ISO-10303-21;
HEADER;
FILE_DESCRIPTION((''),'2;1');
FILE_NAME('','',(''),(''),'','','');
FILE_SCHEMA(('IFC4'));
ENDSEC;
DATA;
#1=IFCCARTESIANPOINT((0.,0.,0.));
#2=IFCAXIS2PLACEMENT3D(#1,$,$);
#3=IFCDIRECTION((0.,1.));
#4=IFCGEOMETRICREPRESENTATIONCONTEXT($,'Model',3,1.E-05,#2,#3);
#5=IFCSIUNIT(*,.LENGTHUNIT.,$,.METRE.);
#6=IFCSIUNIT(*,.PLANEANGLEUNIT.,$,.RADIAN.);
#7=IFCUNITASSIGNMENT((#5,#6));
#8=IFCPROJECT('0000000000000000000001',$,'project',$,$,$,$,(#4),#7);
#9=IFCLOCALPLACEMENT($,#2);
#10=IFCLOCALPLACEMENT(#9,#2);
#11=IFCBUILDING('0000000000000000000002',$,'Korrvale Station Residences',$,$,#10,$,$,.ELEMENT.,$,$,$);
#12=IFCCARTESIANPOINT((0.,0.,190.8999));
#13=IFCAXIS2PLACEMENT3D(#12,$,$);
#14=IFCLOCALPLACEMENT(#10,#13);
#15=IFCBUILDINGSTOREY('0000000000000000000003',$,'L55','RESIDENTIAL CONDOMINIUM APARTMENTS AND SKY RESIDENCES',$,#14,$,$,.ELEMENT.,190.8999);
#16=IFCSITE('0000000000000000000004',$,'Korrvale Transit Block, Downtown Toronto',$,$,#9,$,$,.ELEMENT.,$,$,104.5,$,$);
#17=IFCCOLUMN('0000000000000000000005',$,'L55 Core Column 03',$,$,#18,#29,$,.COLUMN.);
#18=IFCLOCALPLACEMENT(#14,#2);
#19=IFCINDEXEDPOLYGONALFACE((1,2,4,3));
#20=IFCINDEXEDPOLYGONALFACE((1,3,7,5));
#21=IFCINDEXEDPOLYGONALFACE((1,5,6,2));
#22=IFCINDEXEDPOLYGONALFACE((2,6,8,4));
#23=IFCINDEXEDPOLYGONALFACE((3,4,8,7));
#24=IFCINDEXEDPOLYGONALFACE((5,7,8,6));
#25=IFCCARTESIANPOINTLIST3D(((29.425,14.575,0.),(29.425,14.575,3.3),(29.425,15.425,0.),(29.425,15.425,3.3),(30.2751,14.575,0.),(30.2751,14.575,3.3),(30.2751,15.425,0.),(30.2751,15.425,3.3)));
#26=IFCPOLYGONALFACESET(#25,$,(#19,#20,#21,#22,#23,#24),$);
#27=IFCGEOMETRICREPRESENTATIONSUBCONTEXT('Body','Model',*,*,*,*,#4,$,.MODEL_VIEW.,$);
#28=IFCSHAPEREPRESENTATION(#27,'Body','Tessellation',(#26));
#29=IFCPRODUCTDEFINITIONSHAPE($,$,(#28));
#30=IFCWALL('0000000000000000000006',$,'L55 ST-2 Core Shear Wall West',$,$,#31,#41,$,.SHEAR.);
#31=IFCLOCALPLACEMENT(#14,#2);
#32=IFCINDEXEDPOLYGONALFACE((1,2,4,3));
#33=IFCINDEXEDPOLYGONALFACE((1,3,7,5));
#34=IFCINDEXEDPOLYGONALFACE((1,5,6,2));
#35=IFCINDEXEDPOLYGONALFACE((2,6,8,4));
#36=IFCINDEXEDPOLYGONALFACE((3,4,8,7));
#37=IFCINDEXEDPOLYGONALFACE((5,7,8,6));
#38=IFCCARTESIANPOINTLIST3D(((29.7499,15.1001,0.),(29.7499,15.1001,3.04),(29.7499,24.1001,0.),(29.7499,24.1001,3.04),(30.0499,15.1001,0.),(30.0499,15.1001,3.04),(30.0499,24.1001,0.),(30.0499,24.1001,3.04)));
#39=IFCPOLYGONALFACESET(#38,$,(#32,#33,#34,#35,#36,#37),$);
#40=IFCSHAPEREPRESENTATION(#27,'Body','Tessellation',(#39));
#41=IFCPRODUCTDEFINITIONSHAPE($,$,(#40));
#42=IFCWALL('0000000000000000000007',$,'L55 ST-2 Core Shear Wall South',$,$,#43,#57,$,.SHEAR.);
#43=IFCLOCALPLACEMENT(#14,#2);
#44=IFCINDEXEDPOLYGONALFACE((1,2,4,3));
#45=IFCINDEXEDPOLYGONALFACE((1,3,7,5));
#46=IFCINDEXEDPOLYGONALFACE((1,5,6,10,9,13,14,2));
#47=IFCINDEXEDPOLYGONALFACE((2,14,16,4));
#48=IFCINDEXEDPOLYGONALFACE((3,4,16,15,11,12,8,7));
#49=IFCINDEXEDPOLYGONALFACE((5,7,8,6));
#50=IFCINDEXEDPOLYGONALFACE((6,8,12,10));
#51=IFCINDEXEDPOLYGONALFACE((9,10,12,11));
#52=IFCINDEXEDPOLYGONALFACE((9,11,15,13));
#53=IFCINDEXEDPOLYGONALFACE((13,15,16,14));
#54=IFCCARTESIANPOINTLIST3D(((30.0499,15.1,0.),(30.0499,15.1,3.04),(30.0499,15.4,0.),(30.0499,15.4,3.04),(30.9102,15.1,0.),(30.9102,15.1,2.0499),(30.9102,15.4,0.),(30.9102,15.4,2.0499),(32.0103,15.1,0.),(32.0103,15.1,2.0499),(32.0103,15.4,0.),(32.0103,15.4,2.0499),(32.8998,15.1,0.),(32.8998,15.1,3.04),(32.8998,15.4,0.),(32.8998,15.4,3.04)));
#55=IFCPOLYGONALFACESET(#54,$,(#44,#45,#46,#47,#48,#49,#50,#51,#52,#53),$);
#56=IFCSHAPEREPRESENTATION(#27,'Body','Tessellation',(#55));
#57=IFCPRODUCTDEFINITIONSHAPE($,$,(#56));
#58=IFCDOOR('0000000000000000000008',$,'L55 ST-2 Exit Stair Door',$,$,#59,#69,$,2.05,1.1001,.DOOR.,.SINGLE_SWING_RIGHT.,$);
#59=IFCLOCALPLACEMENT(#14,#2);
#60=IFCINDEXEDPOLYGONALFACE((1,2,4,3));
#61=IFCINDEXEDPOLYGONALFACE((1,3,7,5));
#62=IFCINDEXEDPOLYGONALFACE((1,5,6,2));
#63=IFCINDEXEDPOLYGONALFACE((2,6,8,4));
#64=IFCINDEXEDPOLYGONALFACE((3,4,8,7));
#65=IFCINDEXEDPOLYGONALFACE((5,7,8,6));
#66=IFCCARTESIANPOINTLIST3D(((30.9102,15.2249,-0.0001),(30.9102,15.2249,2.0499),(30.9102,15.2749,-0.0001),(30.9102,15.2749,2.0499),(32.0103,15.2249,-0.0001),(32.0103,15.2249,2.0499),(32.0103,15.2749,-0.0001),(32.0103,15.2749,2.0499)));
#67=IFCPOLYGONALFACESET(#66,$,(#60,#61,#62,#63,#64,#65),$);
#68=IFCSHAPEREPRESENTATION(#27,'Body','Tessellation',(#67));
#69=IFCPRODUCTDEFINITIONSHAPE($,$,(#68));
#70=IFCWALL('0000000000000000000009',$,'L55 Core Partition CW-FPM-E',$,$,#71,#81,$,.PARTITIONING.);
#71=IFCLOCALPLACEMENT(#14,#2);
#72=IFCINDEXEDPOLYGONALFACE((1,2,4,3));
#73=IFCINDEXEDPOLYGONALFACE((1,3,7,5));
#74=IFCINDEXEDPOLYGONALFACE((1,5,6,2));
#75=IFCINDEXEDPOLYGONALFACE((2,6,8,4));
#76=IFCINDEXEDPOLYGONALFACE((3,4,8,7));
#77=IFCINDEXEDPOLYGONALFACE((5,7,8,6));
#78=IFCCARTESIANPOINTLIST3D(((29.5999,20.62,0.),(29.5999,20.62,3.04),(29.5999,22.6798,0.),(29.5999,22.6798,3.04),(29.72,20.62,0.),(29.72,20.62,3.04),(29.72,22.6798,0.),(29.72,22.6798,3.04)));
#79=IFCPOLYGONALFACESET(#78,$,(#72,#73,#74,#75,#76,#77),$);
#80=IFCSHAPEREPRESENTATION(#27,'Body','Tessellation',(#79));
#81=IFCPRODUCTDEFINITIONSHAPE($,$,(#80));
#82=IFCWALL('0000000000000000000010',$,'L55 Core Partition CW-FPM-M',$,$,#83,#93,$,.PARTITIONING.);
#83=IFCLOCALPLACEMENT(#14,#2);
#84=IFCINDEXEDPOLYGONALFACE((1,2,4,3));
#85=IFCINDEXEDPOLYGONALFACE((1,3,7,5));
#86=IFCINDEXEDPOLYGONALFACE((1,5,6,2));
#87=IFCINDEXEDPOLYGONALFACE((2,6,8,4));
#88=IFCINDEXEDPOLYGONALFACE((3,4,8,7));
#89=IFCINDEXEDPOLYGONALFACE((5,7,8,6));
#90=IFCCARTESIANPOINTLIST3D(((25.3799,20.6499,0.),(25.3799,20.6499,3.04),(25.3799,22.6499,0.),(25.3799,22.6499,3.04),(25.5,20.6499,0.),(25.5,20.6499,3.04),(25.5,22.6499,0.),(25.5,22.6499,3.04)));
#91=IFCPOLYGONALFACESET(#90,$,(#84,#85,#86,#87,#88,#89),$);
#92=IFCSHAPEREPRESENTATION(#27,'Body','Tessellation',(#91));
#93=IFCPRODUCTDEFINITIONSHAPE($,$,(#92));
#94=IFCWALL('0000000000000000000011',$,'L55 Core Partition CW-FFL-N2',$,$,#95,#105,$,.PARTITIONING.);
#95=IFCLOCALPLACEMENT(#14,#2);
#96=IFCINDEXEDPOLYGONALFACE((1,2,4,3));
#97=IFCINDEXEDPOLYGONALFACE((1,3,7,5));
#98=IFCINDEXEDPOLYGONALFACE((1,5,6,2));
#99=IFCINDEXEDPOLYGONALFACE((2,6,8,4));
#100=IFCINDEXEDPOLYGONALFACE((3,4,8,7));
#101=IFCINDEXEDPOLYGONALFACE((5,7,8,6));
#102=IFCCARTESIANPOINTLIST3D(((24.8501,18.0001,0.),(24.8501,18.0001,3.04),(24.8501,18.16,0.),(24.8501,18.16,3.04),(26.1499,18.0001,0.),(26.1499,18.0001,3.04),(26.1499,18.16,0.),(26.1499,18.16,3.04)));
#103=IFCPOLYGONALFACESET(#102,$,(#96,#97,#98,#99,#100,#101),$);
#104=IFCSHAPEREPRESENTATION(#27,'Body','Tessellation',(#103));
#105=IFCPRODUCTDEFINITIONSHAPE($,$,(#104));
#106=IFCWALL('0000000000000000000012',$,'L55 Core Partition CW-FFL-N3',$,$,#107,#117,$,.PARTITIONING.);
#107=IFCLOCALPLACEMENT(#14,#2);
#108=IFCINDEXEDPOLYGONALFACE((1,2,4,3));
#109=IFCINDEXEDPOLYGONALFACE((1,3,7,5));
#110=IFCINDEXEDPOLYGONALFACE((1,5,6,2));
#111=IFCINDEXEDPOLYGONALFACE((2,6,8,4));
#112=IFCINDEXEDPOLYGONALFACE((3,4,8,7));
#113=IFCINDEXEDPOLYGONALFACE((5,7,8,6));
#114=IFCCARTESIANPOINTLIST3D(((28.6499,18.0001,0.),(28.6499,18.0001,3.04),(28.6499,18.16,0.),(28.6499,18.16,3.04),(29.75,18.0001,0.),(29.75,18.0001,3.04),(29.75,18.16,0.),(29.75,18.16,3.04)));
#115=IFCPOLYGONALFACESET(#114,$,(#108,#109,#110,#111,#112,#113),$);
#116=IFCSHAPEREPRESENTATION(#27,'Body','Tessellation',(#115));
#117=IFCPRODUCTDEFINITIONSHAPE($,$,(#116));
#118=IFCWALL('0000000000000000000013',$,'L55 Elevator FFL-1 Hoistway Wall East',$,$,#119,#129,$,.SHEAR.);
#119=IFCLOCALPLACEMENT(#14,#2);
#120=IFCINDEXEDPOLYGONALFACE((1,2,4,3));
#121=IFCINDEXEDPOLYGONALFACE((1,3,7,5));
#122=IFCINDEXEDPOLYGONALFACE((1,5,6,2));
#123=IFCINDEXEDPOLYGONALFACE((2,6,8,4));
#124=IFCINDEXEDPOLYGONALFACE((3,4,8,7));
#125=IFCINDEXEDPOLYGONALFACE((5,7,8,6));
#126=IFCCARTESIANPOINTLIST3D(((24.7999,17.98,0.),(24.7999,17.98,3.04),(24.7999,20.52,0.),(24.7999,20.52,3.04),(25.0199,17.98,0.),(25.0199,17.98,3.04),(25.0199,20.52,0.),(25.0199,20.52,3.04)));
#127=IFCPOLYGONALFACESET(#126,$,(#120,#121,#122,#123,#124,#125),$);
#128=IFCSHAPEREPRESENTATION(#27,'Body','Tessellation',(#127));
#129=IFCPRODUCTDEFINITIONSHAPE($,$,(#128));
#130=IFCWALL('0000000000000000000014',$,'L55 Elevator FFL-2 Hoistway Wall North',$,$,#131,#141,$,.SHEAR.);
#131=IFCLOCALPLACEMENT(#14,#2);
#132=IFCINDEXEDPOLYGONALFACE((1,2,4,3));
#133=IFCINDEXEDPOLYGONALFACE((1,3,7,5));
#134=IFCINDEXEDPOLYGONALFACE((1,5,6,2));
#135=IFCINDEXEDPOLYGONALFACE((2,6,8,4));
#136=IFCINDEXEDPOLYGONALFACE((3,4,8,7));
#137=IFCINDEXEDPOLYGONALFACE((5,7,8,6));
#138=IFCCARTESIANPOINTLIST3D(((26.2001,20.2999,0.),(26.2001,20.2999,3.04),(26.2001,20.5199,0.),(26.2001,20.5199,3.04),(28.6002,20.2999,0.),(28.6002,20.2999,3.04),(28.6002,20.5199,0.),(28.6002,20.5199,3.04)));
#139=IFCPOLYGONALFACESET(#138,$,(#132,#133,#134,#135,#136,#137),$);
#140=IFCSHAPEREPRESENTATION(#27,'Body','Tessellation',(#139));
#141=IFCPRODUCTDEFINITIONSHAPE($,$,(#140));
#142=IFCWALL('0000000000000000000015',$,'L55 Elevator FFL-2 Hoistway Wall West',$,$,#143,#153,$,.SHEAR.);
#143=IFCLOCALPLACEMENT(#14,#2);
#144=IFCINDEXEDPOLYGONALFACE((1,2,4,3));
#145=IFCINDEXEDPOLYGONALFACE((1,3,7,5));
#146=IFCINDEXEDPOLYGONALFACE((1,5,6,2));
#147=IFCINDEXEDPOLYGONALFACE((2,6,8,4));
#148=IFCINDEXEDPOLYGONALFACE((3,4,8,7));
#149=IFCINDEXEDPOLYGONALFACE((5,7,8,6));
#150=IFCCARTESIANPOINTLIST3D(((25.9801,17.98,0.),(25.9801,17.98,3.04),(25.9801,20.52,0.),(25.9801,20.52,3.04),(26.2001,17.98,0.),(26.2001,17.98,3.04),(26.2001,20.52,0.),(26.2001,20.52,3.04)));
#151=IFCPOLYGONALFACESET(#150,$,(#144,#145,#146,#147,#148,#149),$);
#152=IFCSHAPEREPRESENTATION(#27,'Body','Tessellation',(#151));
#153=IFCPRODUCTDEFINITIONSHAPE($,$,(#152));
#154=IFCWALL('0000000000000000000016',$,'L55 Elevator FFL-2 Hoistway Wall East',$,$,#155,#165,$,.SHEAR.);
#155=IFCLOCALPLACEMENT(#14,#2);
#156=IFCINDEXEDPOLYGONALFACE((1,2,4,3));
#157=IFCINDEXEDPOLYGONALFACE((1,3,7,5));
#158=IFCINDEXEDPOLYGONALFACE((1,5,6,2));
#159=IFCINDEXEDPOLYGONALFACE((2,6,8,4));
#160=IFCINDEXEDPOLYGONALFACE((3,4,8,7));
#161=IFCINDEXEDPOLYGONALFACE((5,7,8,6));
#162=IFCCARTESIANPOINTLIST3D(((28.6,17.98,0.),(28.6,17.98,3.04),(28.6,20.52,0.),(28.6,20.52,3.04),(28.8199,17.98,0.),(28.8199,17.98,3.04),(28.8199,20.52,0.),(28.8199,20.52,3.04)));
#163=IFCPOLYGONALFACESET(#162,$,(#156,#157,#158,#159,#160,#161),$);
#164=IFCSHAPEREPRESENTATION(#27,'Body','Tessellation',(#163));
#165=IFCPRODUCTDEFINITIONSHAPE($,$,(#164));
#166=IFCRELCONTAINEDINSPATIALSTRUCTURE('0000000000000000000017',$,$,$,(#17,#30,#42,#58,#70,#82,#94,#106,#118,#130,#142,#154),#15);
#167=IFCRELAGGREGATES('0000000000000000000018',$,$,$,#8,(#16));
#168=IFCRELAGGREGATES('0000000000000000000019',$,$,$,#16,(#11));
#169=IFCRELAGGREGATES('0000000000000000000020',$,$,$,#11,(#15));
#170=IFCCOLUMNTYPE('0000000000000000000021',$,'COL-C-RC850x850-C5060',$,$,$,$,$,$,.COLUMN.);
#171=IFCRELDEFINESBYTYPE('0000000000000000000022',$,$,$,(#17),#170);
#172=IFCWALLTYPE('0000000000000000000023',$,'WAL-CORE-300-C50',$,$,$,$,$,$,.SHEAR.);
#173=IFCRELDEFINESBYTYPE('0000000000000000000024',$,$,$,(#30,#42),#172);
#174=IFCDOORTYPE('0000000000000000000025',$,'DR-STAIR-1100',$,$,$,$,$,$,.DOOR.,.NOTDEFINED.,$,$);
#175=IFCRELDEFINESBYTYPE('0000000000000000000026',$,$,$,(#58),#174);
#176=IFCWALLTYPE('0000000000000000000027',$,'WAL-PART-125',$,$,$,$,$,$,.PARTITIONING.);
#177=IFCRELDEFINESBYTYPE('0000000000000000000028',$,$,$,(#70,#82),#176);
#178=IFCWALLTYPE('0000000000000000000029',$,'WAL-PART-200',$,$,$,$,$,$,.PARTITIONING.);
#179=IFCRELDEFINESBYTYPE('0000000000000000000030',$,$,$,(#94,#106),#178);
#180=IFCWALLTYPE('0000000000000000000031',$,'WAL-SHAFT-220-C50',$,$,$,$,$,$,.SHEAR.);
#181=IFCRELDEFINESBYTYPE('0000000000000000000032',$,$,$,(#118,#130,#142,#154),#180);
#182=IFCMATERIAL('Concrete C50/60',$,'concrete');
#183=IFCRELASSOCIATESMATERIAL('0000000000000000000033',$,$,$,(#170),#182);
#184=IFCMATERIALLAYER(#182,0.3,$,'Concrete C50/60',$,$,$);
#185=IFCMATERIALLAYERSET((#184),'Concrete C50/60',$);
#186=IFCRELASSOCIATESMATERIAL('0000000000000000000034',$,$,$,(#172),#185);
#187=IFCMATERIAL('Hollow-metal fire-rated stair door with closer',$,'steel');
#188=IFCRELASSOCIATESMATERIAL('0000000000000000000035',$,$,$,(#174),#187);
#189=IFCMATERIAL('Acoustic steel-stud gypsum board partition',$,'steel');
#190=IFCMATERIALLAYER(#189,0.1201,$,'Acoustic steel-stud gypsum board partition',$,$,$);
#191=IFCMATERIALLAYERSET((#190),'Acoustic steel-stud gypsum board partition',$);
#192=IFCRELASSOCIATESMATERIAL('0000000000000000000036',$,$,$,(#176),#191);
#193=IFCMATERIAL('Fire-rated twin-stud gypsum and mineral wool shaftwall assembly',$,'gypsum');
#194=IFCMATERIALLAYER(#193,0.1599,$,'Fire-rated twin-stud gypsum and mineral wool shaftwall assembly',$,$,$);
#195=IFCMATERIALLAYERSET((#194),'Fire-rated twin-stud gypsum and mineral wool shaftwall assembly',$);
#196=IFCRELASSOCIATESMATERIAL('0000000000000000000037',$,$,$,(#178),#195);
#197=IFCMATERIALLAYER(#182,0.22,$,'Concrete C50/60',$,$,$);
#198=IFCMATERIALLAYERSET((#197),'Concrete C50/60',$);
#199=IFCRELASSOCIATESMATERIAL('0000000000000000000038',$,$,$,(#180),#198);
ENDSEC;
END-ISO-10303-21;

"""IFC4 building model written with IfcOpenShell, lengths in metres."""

from ifc_helpers import new_model, si_unit, direction, frame, frame_2d, origin, origin_2d, place, context, subcontext, project, spatial, rectangle, extrude, material, layer, layer_set, material_profile, profile_set, type_object, element, fill, save


model = new_model("IFC4")

# Units and contexts
model_context = context("Model", 3, precision=1e-05, world=origin(), true_north=direction((0.0, 1.0)))
body_context = subcontext(model_context, "Body", "Model", "MODEL_VIEW")
ifc_project = project(units=[si_unit("LENGTHUNIT", "METRE"), si_unit("PLANEANGLEUNIT", "RADIAN")], contexts=[model_context])

# Site, building, storey
site_placement = place(None, origin())
site = spatial("IfcSite", under=ifc_project, at=site_placement, Name="Korrvale Transit Block, Downtown Toronto", CompositionType="ELEMENT", RefElevation=104.5)
building_placement = place(site_placement, origin())
building = spatial("IfcBuilding", under=site, at=building_placement, Name="Korrvale Station Residences", CompositionType="ELEMENT")
storey_placement = place(building_placement, frame((0.0, 0.0, 190.8999)))
storey = spatial("IfcBuildingStorey", under=building, at=storey_placement, Name="L55", Description="RESIDENTIAL CONDOMINIUM APARTMENTS AND SKY RESIDENCES", CompositionType="ELEMENT", Elevation=190.8999)

# Column
ifc_material_1 = material(Name="Concrete C50/60", Category="concrete")
ifc_material_profile = material_profile(ifc_material_1, rectangle(XDim=0.8501, YDim=0.8501, at=origin_2d()), Name="RC850x850")
ifc_profile_set = profile_set([ifc_material_profile], Name="Concrete C50/60")
column_type = type_object("IfcColumnType", Name="COL-C-RC850x850-C5060", PredefinedType="COLUMN", material=ifc_profile_set)
column_placement = place(storey_placement, frame((29.8501, 15.0, 0.0), z_axis=(0.0, 0.0, 1.0), x_axis=(1.0, 0.0, 0.0)))
element("IfcColumn", 1, at=column_placement, inside=storey, type_object=column_type, Name="L55 Core Column 03", PredefinedType="COLUMN", context=body_context, shape_type="SweptSolid", body=[
    extrude(rectangle(XDim=0.8501, YDim=0.8501, at=origin_2d()), origin(), (0.0, 0.0, 1.0), 3.3),
])

# Wall
ifc_layer_1 = layer(ifc_material_1, 0.3, Name="Concrete C50/60")
ifc_layer_set_1 = layer_set([ifc_layer_1], Name="Concrete C50/60")
wall_type_1 = type_object("IfcWallType", Name="WAL-CORE-300-C50", PredefinedType="SHEAR", material=ifc_layer_set_1)
wall_1_placement = place(storey_placement, frame((29.8999, 15.1001, 0.0), z_axis=(0.0, 0.0, 1.0), x_axis=(0.0, 1.0, 0.0)))
element("IfcWall", 2, at=wall_1_placement, inside=storey, type_object=wall_type_1, Name="L55 ST-2 Core Shear Wall West", PredefinedType="SHEAR", context=body_context, shape_type="SweptSolid", body=[
    extrude(rectangle(XDim=9.0, YDim=0.3, at=frame_2d((4.5, 0.0))), origin(), (0.0, 0.0, 1.0), 3.04),
])

# Wall, opening, door
wall_2_placement = place(storey_placement, frame((30.05, 15.25, 0.0), z_axis=(0.0, 0.0, 1.0), x_axis=(1.0, 0.0, 0.0)))
wall_2 = element("IfcWall", 3, at=wall_2_placement, inside=storey, type_object=wall_type_1, Name="L55 ST-2 Core Shear Wall South", PredefinedType="SHEAR", context=body_context, shape_type="SweptSolid", body=[
    extrude(rectangle(XDim=2.8499, YDim=0.3, at=frame_2d((1.4248, 0.0))), origin(), (0.0, 0.0, 1.0), 3.04),
])
opening_1_placement = place(wall_2_placement, frame((0.8601, 0.0, 0.0)))
opening_1 = element("IfcOpeningElement", 4, at=opening_1_placement, cuts=wall_2, PredefinedType="OPENING", context=body_context, shape_type="SweptSolid", body=[
    extrude(rectangle(XDim=1.1001, YDim=2.05, at=frame_2d((0.55, 1.0249))), frame((0.0, 0.1602, 0.0), z_axis=(0.0, -1.0, 0.0), x_axis=(1.0, 0.0, 0.0)), (0.0, 0.0, 1.0), 0.3201),
])
ifc_material_2 = material(Name="Hollow-metal fire-rated stair door with closer", Category="steel")
door_type_1 = type_object("IfcDoorType", Name="DR-STAIR-1100", OperationType="NOTDEFINED", PredefinedType="DOOR", material=ifc_material_2)
door_1_placement = place(opening_1_placement, origin())
door_1 = element("IfcDoor", 5, at=door_1_placement, inside=storey, type_object=door_type_1, Name="L55 ST-2 Exit Stair Door", OperationType="SINGLE_SWING_RIGHT", OverallHeight=2.05, OverallWidth=1.1001, PredefinedType="DOOR", context=body_context, shape_type="SweptSolid", body=[
    extrude(rectangle(XDim=1.1001, YDim=2.05, at=frame_2d((0.55, 1.0249))), frame((0.0, 0.0249, 0.0), z_axis=(0.0, -1.0, 0.0), x_axis=(1.0, 0.0, 0.0)), (0.0, 0.0, 1.0), 0.05),
])
fill(opening_1, door_1)

# Walls
ifc_material_3 = material(Name="Acoustic steel-stud gypsum board partition", Category="steel")
ifc_layer_2 = layer(ifc_material_3, 0.1201, Name="Acoustic steel-stud gypsum board partition")
ifc_layer_set_2 = layer_set([ifc_layer_2], Name="Acoustic steel-stud gypsum board partition")
wall_type_2 = type_object("IfcWallType", Name="WAL-PART-125", PredefinedType="PARTITIONING", material=ifc_layer_set_2)
wall_3_placement = place(storey_placement, frame((29.6599, 20.6201, 0.0), z_axis=(0.0, 0.0, 1.0), x_axis=(0.0, 1.0, 0.0)))
element("IfcWall", 6, at=wall_3_placement, inside=storey, type_object=wall_type_2, Name="L55 Core Partition CW-FPM-E", PredefinedType="PARTITIONING", context=body_context, shape_type="SweptSolid", body=[
    extrude(rectangle(XDim=2.0598, YDim=0.1201, at=frame_2d((1.0298, 0.0))), origin(), (0.0, 0.0, 1.0), 3.04),
])
wall_4_placement = place(storey_placement, frame((25.4399, 20.6499, 0.0), z_axis=(0.0, 0.0, 1.0), x_axis=(0.0, 1.0, 0.0)))
element("IfcWall", 7, at=wall_4_placement, inside=storey, type_object=wall_type_2, Name="L55 Core Partition CW-FPM-M", PredefinedType="PARTITIONING", context=body_context, shape_type="SweptSolid", body=[
    extrude(rectangle(XDim=2.0, YDim=0.1201, at=frame_2d((1.0, 0.0))), origin(), (0.0, 0.0, 1.0), 3.04),
])
ifc_material_4 = material(Name="Fire-rated twin-stud gypsum and mineral wool shaftwall assembly", Category="gypsum")
ifc_layer_3 = layer(ifc_material_4, 0.1599, Name="Fire-rated twin-stud gypsum and mineral wool shaftwall assembly")
ifc_layer_set_3 = layer_set([ifc_layer_3], Name="Fire-rated twin-stud gypsum and mineral wool shaftwall assembly")
wall_type_3 = type_object("IfcWallType", Name="WAL-PART-200", PredefinedType="PARTITIONING", material=ifc_layer_set_3)
wall_5_placement = place(storey_placement, frame((24.8501, 18.0801, 0.0), z_axis=(0.0, 0.0, 1.0), x_axis=(1.0, 0.0, 0.0)))
element("IfcWall", 8, at=wall_5_placement, inside=storey, type_object=wall_type_3, Name="L55 Core Partition CW-FFL-N2", PredefinedType="PARTITIONING", context=body_context, shape_type="SweptSolid", body=[
    extrude(rectangle(XDim=1.2998, YDim=0.1599, at=frame_2d((0.6499, 0.0))), origin(), (0.0, 0.0, 1.0), 3.04),
])
wall_6_placement = place(storey_placement, frame((28.6499, 18.0801, 0.0), z_axis=(0.0, 0.0, 1.0), x_axis=(1.0, 0.0, 0.0)))
element("IfcWall", 9, at=wall_6_placement, inside=storey, type_object=wall_type_3, Name="L55 Core Partition CW-FFL-N3", PredefinedType="PARTITIONING", context=body_context, shape_type="SweptSolid", body=[
    extrude(rectangle(XDim=1.1001, YDim=0.1599, at=frame_2d((0.55, 0.0))), origin(), (0.0, 0.0, 1.0), 3.04),
])
ifc_layer_4 = layer(ifc_material_1, 0.22, Name="Concrete C50/60")
ifc_layer_set_4 = layer_set([ifc_layer_4], Name="Concrete C50/60")
wall_type_4 = type_object("IfcWallType", Name="WAL-SHAFT-220-C50", PredefinedType="SHEAR", material=ifc_layer_set_4)
wall_7_placement = place(storey_placement, frame((24.9099, 17.98, 0.0), z_axis=(0.0, 0.0, 1.0), x_axis=(0.0, 1.0, 0.0)))
element("IfcWall", 10, at=wall_7_placement, inside=storey, type_object=wall_type_4, Name="L55 Elevator FFL-1 Hoistway Wall East", PredefinedType="SHEAR", context=body_context, shape_type="SweptSolid", body=[
    extrude(rectangle(XDim=2.54, YDim=0.22, at=frame_2d((1.27, 0.0))), origin(), (0.0, 0.0, 1.0), 3.04),
])

# Walls
wall_8_placement = place(storey_placement, frame((26.2, 20.4099, 0.0), z_axis=(0.0, 0.0, 1.0), x_axis=(1.0, 0.0, 0.0)))
element("IfcWall", 11, at=wall_8_placement, inside=storey, type_object=wall_type_4, Name="L55 Elevator FFL-2 Hoistway Wall North", PredefinedType="SHEAR", context=body_context, shape_type="SweptSolid", body=[
    extrude(rectangle(XDim=2.4001, YDim=0.22, at=frame_2d((1.2002, 0.0))), origin(), (0.0, 0.0, 1.0), 3.04),
])
for number, where, z_axis, x_axis, name in (
    (12, (26.0901, 17.98, 0.0), (0.0, 0.0, 1.0), (0.0, 1.0, 0.0), "L55 Elevator FFL-2 Hoistway Wall West"),
    (13, (28.71, 17.98, 0.0), (0.0, 0.0, 1.0), (0.0, 1.0, 0.0), "L55 Elevator FFL-2 Hoistway Wall East"),
):
    element("IfcWall", number, at=place(storey_placement, frame(where, z_axis=z_axis, x_axis=x_axis)), inside=storey, type_object=wall_type_4, Name=name, PredefinedType="SHEAR", context=body_context, shape_type="SweptSolid", body=[
        extrude(rectangle(XDim=2.54, YDim=0.22, at=frame_2d((1.27, 0.0))), origin(), (0.0, 0.0, 1.0), 3.04),
    ])

save(model, "model.ifc")
